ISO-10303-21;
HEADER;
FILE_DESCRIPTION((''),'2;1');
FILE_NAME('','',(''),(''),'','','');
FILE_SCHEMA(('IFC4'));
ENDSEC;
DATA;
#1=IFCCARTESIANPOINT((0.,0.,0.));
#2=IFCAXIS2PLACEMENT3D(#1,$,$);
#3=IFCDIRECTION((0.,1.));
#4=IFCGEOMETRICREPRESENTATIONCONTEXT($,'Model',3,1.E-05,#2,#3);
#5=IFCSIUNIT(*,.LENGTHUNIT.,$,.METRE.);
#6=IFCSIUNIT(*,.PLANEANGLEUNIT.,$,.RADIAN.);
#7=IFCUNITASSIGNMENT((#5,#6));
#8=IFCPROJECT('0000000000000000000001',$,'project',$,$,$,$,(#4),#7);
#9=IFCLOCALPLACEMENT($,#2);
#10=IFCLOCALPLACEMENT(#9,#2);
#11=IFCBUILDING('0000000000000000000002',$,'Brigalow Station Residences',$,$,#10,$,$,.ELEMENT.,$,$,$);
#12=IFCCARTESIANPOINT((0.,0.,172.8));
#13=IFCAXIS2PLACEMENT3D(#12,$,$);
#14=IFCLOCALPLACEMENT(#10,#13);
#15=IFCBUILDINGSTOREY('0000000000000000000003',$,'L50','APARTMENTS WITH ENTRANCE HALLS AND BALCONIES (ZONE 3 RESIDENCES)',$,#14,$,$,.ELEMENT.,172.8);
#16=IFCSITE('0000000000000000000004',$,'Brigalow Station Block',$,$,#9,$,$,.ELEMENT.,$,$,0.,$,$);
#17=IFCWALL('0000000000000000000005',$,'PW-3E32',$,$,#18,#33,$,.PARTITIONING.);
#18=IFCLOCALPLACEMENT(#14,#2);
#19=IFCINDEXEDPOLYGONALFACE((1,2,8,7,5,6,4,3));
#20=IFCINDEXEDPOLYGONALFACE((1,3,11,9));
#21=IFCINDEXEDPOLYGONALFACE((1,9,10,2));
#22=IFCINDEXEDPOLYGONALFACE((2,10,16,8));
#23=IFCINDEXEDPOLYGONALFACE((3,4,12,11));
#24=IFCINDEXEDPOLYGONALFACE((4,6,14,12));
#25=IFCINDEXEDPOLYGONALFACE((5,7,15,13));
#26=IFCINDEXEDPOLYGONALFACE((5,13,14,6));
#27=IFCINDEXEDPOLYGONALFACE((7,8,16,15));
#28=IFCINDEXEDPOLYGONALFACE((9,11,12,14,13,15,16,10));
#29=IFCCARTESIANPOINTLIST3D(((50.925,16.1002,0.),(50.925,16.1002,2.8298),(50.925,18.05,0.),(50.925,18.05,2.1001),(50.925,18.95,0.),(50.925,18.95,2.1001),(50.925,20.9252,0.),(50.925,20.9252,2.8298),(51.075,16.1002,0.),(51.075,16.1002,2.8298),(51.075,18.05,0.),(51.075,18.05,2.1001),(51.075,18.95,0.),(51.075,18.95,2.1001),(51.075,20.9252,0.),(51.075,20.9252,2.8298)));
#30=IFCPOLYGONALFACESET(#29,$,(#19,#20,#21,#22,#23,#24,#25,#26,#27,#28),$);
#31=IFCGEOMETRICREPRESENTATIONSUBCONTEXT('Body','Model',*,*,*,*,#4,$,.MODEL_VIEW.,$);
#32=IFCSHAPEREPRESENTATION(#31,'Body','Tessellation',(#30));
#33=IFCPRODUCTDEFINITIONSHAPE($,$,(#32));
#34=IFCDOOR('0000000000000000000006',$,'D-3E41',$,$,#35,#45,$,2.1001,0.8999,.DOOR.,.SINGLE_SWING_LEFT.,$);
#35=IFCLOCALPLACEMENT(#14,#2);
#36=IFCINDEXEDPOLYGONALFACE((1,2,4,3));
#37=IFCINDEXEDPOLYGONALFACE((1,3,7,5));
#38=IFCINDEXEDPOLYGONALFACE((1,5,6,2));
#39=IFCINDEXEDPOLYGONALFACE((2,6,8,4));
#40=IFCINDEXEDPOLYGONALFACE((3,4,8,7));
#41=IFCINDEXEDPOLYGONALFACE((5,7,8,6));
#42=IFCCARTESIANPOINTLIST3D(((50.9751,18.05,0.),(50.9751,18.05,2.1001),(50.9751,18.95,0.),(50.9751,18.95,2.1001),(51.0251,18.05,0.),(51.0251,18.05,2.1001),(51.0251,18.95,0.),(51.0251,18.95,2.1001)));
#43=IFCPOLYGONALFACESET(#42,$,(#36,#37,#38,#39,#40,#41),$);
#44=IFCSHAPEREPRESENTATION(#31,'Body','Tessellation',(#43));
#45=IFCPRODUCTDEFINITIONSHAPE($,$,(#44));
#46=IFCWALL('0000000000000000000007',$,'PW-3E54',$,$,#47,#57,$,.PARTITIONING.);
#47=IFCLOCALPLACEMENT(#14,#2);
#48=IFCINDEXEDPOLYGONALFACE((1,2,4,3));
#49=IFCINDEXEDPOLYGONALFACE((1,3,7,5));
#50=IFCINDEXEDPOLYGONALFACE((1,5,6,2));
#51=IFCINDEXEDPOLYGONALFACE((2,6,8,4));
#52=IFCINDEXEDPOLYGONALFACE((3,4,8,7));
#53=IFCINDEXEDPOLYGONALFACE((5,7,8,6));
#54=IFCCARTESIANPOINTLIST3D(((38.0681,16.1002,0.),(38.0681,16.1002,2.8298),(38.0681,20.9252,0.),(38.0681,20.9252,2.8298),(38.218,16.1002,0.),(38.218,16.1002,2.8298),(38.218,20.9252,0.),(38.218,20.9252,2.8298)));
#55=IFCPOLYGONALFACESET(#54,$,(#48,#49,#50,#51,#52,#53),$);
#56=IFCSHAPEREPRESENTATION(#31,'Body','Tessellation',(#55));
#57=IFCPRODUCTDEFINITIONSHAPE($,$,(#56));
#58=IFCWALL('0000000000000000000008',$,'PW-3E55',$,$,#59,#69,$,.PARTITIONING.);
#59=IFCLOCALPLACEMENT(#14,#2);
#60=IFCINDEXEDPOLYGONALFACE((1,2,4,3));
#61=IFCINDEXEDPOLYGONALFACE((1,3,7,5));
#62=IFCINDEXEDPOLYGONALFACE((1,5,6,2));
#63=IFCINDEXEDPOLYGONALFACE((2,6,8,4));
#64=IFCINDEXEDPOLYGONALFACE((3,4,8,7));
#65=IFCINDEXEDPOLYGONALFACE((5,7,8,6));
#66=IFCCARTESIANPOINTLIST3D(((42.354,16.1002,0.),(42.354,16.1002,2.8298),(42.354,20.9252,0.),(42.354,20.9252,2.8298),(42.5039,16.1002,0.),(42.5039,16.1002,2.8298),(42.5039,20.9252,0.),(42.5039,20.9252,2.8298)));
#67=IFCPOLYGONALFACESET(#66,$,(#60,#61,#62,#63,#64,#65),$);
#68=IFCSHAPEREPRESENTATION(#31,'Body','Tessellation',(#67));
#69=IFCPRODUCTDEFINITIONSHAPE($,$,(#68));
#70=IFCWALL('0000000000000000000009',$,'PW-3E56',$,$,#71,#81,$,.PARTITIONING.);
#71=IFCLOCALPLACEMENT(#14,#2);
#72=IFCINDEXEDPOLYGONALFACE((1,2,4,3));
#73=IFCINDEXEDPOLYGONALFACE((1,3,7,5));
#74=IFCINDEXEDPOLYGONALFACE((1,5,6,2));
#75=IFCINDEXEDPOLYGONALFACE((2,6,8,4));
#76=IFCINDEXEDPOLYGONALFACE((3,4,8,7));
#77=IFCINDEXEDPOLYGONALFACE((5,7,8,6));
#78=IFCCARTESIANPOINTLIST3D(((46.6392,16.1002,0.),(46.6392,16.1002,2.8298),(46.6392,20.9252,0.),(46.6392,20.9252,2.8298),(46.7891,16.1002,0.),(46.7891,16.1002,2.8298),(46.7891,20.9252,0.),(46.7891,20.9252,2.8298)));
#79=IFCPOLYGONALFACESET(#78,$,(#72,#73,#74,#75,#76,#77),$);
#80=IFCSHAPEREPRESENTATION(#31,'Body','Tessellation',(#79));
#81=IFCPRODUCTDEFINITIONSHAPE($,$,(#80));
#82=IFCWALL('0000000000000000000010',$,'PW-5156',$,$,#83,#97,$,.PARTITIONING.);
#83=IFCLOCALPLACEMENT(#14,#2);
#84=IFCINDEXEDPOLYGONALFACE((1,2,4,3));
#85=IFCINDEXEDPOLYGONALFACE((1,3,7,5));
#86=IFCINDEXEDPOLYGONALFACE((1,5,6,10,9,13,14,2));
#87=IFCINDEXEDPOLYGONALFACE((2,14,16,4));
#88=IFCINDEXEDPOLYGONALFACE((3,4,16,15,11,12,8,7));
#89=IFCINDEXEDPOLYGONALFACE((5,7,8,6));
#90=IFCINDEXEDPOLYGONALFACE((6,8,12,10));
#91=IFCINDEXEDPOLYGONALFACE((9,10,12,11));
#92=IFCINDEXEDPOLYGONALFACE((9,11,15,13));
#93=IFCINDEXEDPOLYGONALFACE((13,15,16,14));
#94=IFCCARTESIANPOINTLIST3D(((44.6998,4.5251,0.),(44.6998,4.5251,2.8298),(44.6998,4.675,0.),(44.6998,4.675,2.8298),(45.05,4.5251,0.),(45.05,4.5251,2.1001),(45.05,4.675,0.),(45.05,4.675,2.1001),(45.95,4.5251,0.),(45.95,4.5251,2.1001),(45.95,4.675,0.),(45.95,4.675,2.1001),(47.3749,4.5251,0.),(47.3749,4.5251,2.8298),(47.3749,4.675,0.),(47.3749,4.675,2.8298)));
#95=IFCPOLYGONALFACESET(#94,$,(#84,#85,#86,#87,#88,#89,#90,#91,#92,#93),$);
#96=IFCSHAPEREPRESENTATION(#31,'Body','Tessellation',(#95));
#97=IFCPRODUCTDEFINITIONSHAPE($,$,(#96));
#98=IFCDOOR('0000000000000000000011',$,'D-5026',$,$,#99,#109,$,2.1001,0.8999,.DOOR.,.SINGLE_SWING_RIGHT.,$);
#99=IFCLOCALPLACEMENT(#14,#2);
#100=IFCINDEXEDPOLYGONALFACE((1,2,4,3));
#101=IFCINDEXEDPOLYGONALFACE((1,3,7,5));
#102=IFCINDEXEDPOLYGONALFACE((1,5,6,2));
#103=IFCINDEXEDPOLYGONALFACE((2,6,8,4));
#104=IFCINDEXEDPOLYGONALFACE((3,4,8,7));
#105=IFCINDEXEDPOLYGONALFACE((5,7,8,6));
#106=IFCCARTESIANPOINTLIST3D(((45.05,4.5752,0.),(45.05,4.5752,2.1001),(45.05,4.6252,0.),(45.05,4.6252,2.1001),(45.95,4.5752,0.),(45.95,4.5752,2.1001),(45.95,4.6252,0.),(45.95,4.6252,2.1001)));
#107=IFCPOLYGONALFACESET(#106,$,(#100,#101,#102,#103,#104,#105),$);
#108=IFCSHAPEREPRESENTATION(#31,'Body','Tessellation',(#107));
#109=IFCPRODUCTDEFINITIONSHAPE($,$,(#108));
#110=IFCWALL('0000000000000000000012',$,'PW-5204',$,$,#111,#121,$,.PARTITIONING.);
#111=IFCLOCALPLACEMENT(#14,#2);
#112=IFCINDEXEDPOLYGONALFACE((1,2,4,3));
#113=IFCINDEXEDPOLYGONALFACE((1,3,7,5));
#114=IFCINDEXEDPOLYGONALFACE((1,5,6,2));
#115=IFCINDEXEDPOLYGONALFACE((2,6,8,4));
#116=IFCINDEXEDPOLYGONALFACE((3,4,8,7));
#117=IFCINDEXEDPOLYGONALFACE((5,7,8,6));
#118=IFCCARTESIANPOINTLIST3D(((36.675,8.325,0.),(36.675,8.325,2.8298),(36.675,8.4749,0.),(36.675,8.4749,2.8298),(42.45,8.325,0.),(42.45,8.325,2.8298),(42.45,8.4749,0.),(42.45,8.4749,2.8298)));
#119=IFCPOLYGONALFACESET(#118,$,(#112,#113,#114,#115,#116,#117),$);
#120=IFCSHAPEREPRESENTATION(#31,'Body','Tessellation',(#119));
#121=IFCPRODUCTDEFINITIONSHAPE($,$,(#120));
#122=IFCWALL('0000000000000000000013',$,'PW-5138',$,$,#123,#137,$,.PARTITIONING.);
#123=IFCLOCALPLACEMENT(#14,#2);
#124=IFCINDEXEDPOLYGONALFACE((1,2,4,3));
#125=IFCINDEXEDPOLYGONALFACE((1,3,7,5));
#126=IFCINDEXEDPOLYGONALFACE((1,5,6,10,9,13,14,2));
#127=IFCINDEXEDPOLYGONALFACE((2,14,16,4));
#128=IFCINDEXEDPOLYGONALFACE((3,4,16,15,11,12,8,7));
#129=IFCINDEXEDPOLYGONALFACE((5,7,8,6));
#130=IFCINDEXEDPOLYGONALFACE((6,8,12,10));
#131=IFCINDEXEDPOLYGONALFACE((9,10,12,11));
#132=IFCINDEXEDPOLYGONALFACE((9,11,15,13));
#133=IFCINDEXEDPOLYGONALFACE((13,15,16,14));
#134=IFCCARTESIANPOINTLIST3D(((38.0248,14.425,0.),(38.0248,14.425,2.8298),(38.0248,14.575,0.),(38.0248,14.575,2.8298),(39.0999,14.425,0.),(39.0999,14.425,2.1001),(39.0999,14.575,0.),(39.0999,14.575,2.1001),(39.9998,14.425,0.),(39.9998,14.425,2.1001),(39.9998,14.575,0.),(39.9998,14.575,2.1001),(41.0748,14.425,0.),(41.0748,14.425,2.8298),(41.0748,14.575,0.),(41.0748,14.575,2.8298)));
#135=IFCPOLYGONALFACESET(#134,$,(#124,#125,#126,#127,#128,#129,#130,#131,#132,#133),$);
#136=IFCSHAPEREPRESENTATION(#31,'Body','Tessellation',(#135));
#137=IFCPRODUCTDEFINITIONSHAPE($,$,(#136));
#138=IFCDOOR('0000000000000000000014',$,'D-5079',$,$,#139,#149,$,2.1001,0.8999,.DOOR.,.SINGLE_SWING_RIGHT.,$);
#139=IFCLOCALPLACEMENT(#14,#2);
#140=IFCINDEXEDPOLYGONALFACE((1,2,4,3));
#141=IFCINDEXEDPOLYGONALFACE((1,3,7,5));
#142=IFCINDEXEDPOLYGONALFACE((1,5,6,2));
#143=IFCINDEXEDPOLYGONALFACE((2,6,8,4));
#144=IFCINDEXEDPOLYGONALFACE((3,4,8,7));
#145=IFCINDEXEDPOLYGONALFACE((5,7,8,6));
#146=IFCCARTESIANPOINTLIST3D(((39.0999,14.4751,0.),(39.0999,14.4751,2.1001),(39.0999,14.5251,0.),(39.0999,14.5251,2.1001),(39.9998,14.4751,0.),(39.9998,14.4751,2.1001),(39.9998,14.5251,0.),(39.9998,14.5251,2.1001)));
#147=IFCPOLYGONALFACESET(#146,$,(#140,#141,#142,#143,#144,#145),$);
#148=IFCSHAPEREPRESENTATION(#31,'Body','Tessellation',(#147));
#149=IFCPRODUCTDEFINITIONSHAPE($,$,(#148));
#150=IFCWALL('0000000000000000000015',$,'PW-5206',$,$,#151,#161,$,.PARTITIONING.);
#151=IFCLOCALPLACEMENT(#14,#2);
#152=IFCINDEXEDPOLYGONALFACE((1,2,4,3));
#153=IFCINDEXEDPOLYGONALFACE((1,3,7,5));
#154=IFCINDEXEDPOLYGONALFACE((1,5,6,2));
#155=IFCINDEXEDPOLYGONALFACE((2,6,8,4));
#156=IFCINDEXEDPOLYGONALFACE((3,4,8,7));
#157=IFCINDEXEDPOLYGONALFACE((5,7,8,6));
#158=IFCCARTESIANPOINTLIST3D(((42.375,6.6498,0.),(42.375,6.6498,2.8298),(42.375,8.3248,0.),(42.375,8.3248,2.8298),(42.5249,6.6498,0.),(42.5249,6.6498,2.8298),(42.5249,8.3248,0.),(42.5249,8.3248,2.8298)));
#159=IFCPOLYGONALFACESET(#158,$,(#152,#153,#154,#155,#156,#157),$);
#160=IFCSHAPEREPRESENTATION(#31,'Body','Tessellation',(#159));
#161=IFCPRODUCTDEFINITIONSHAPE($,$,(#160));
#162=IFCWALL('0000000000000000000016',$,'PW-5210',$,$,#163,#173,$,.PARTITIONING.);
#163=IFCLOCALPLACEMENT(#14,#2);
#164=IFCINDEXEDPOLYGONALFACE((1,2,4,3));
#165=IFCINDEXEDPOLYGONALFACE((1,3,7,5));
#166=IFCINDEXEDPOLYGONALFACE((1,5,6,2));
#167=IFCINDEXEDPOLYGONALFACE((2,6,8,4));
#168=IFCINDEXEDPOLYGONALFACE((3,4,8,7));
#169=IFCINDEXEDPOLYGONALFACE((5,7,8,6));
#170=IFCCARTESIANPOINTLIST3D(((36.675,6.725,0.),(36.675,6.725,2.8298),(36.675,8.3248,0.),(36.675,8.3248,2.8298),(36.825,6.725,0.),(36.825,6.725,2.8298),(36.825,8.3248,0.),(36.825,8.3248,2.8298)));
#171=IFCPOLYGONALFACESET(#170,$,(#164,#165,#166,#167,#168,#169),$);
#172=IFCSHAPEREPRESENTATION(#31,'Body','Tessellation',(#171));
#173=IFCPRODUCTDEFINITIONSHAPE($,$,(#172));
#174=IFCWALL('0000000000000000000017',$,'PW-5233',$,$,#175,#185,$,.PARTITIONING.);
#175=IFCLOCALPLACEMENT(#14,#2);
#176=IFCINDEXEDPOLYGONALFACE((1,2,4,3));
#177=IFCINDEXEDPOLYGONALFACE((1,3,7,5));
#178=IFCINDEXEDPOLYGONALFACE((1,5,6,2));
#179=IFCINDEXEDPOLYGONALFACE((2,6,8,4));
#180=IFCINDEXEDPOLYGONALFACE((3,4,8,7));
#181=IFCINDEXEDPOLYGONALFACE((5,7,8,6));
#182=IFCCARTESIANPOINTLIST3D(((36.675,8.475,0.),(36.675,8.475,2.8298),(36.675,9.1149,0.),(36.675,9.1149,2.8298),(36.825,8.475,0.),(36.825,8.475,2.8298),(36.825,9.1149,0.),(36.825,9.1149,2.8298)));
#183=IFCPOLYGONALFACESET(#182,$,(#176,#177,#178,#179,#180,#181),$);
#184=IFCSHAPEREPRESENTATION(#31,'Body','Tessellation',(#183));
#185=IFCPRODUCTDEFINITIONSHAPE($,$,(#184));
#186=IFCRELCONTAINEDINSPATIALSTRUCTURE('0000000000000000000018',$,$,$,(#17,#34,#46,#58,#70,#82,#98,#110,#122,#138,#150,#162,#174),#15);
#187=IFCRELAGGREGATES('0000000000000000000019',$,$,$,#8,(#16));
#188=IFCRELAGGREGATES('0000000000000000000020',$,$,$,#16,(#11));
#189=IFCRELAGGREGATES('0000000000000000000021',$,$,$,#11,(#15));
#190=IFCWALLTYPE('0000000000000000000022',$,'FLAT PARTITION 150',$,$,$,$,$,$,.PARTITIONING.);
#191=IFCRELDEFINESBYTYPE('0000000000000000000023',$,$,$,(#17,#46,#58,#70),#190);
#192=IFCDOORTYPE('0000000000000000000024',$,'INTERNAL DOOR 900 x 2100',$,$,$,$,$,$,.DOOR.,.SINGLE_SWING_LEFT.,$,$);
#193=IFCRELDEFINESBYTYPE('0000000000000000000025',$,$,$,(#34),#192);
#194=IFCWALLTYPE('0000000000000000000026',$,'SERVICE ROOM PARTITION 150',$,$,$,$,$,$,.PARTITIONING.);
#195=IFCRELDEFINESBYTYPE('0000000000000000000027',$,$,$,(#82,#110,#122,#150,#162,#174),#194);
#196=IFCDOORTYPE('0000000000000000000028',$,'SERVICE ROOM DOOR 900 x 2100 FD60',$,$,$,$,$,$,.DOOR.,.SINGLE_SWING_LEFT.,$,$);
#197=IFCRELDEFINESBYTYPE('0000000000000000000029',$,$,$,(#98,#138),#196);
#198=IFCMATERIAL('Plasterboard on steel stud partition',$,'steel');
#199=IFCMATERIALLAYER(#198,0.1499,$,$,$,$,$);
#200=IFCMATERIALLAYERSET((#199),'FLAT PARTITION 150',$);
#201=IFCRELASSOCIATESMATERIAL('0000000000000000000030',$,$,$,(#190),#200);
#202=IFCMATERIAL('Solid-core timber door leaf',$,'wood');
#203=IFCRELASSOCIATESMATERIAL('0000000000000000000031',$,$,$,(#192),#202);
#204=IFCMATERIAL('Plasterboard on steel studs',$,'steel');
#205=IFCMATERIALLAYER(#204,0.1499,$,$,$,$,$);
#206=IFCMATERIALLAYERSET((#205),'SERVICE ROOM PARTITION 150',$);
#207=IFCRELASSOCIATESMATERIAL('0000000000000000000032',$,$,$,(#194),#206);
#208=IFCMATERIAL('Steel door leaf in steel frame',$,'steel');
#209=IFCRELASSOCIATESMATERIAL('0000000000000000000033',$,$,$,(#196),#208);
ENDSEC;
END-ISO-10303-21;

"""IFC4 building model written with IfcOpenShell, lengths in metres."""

from ifc_helpers import new_model, si_unit, direction, frame, frame_2d, origin, place, context, subcontext, project, spatial, rectangle, extrude, material, layer, layer_set, type_object, element, fill, save


model = new_model("IFC4")

# Units and contexts
model_context = context("Model", 3, precision=1e-05, world=origin(), true_north=direction((0.0, 1.0)))
body_context = subcontext(model_context, "Body", "Model", "MODEL_VIEW")
ifc_project = project(units=[si_unit("LENGTHUNIT", "METRE"), si_unit("PLANEANGLEUNIT", "RADIAN")], contexts=[model_context])

# Site, building, storey
site_placement = place(None, origin())
site = spatial("IfcSite", under=ifc_project, at=site_placement, Name="Brigalow Station Block", CompositionType="ELEMENT", RefElevation=0.0)
building_placement = place(site_placement, origin())
building = spatial("IfcBuilding", under=site, at=building_placement, Name="Brigalow Station Residences", CompositionType="ELEMENT")
storey_placement = place(building_placement, frame((0.0, 0.0, 172.8)))
storey = spatial("IfcBuildingStorey", under=building, at=storey_placement, Name="L50", Description="APARTMENTS WITH ENTRANCE HALLS AND BALCONIES (ZONE 3 RESIDENCES)", CompositionType="ELEMENT", Elevation=172.8)

# Wall, opening, door
ifc_material_1 = material(Name="Plasterboard on steel stud partition", Category="steel")
ifc_layer_1 = layer(ifc_material_1, 0.1499)
ifc_layer_set_1 = layer_set([ifc_layer_1], Name="FLAT PARTITION 150")
wall_type_1 = type_object("IfcWallType", Name="FLAT PARTITION 150", PredefinedType="PARTITIONING", material=ifc_layer_set_1)
wall_1_placement = place(storey_placement, frame((51.0, 16.1001, 0.0), z_axis=(0.0, 0.0, 1.0), x_axis=(0.0, 1.0, 0.0)))
wall_1 = element("IfcWall", 1, at=wall_1_placement, inside=storey, type_object=wall_type_1, Name="PW-3E32", PredefinedType="PARTITIONING", context=body_context, shape_type="SweptSolid", body=[
    extrude(rectangle(XDim=4.825, YDim=0.1499, at=frame_2d((2.4126, 0.0))), origin(), (0.0, 0.0, 1.0), 2.8298),
])
opening_1_placement = place(wall_1_placement, frame((1.95, 0.0, 0.0)))
opening_1 = element("IfcOpeningElement", 2, at=opening_1_placement, cuts=wall_1, PredefinedType="OPENING", context=body_context, shape_type="SweptSolid", body=[
    extrude(rectangle(XDim=0.8999, YDim=2.1001, at=frame_2d((0.45, 1.05))), frame((0.0, 0.085, 0.0), z_axis=(0.0, -1.0, 0.0), x_axis=(1.0, 0.0, 0.0)), (0.0, 0.0, 1.0), 0.1699),
])
ifc_material_2 = material(Name="Solid-core timber door leaf", Category="wood")
door_type_1 = type_object("IfcDoorType", Name="INTERNAL DOOR 900 x 2100", OperationType="SINGLE_SWING_LEFT", PredefinedType="DOOR", material=ifc_material_2)
door_1_placement = place(opening_1_placement, origin())
door_1 = element("IfcDoor", 3, at=door_1_placement, inside=storey, type_object=door_type_1, Name="D-3E41", OperationType="SINGLE_SWING_LEFT", OverallHeight=2.1001, OverallWidth=0.8999, PredefinedType="DOOR", context=body_context, shape_type="SweptSolid", body=[
    extrude(rectangle(XDim=0.8999, YDim=2.1001, at=frame_2d((0.45, 1.05))), frame((0.0, 0.0249, 0.0), z_axis=(0.0, -1.0, 0.0), x_axis=(1.0, 0.0, 0.0)), (0.0, 0.0, 1.0), 0.05),
])
fill(opening_1, door_1)

# Walls
for number, where, z_axis, x_axis, name in (
    (4, (38.1431, 16.1001, 0.0), (0.0, 0.0, 1.0), (0.0, 1.0, 0.0), "PW-3E54"),
    (5, (42.429, 16.1001, 0.0), (0.0, 0.0, 1.0), (0.0, 1.0, 0.0), "PW-3E55"),
    (6, (46.7141, 16.1001, 0.0), (0.0, 0.0, 1.0), (0.0, 1.0, 0.0), "PW-3E56"),
):
    element("IfcWall", number, at=place(storey_placement, frame(where, z_axis=z_axis, x_axis=x_axis)), inside=storey, type_object=wall_type_1, Name=name, PredefinedType="PARTITIONING", context=body_context, shape_type="SweptSolid", body=[
        extrude(rectangle(XDim=4.825, YDim=0.1499, at=frame_2d((2.4126, 0.0))), origin(), (0.0, 0.0, 1.0), 2.8298),
    ])

# Wall, opening, door
ifc_material_3 = material(Name="Plasterboard on steel studs", Category="steel")
ifc_layer_2 = layer(ifc_material_3, 0.1499)
ifc_layer_set_2 = layer_set([ifc_layer_2], Name="SERVICE ROOM PARTITION 150")
wall_type_2 = type_object("IfcWallType", Name="SERVICE ROOM PARTITION 150", PredefinedType="PARTITIONING", material=ifc_layer_set_2)
wall_2_placement = place(storey_placement, frame((44.7, 4.6001, 0.0), z_axis=(0.0, 0.0, 1.0), x_axis=(1.0, 0.0, 0.0)))
wall_2 = element("IfcWall", 7, at=wall_2_placement, inside=storey, type_object=wall_type_2, Name="PW-5156", PredefinedType="PARTITIONING", context=body_context, shape_type="SweptSolid", body=[
    extrude(rectangle(XDim=2.675, YDim=0.1499, at=frame_2d((1.3374, 0.0))), origin(), (0.0, 0.0, 1.0), 2.8298),
])
opening_2_placement = place(wall_2_placement, frame((0.3501, 0.0, 0.0)))
opening_2 = element("IfcOpeningElement", 8, at=opening_2_placement, cuts=wall_2, PredefinedType="OPENING", context=body_context, shape_type="SweptSolid", body=[
    extrude(rectangle(XDim=0.8999, YDim=2.1001, at=frame_2d((0.45, 1.05))), frame((0.0, 0.085, 0.0), z_axis=(0.0, -1.0, 0.0), x_axis=(1.0, 0.0, 0.0)), (0.0, 0.0, 1.0), 0.1699),
])
ifc_material_4 = material(Name="Steel door leaf in steel frame", Category="steel")
door_type_2 = type_object("IfcDoorType", Name="SERVICE ROOM DOOR 900 x 2100 FD60", OperationType="SINGLE_SWING_LEFT", PredefinedType="DOOR", material=ifc_material_4)
door_2_placement = place(opening_2_placement, frame((0.8999, 0.0, 0.0), z_axis=(0.0, 0.0, 1.0), x_axis=(-1.0, 0.0, 0.0)))
door_2 = element("IfcDoor", 9, at=door_2_placement, inside=storey, type_object=door_type_2, Name="D-5026", OperationType="SINGLE_SWING_RIGHT", OverallHeight=2.1001, OverallWidth=0.8999, PredefinedType="DOOR", context=body_context, shape_type="SweptSolid", body=[
    extrude(rectangle(XDim=0.8999, YDim=2.1001, at=frame_2d((0.45, 1.05))), frame((0.0, 0.0249, 0.0), z_axis=(0.0, -1.0, 0.0), x_axis=(1.0, 0.0, 0.0)), (0.0, 0.0, 1.0), 0.05),
])
fill(opening_2, door_2)

# Wall
wall_3_placement = place(storey_placement, frame((36.675, 8.3999, 0.0), z_axis=(0.0, 0.0, 1.0), x_axis=(1.0, 0.0, 0.0)))
element("IfcWall", 10, at=wall_3_placement, inside=storey, type_object=wall_type_2, Name="PW-5204", PredefinedType="PARTITIONING", context=body_context, shape_type="SweptSolid", body=[
    extrude(rectangle(XDim=5.7749, YDim=0.1499, at=frame_2d((2.8875, 0.0))), origin(), (0.0, 0.0, 1.0), 2.8298),
])

# Wall, opening, door
wall_4_placement = place(storey_placement, frame((38.0249, 14.5, 0.0), z_axis=(0.0, 0.0, 1.0), x_axis=(1.0, 0.0, 0.0)))
wall_4 = element("IfcWall", 11, at=wall_4_placement, inside=storey, type_object=wall_type_2, Name="PW-5138", PredefinedType="PARTITIONING", context=body_context, shape_type="SweptSolid", body=[
    extrude(rectangle(XDim=3.05, YDim=0.1499, at=frame_2d((1.5249, 0.0))), origin(), (0.0, 0.0, 1.0), 2.8298),
])
opening_3_placement = place(wall_4_placement, frame((1.075, 0.0, 0.0)))
opening_3 = element("IfcOpeningElement", 12, at=opening_3_placement, cuts=wall_4, PredefinedType="OPENING", context=body_context, shape_type="SweptSolid", body=[
    extrude(rectangle(XDim=0.8999, YDim=2.1001, at=frame_2d((0.45, 1.05))), frame((0.0, 0.085, 0.0), z_axis=(0.0, -1.0, 0.0), x_axis=(1.0, 0.0, 0.0)), (0.0, 0.0, 1.0), 0.1699),
])
door_3_placement = place(opening_3_placement, frame((0.8999, 0.0, 0.0), z_axis=(0.0, 0.0, 1.0), x_axis=(-1.0, 0.0, 0.0)))
door_3 = element("IfcDoor", 13, at=door_3_placement, inside=storey, type_object=door_type_2, Name="D-5079", OperationType="SINGLE_SWING_RIGHT", OverallHeight=2.1001, OverallWidth=0.8999, PredefinedType="DOOR", context=body_context, shape_type="SweptSolid", body=[
    extrude(rectangle(XDim=0.8999, YDim=2.1001, at=frame_2d((0.45, 1.05))), frame((0.0, 0.0249, 0.0), z_axis=(0.0, -1.0, 0.0), x_axis=(1.0, 0.0, 0.0)), (0.0, 0.0, 1.0), 0.05),
])
fill(opening_3, door_3)

# Walls
wall_5_placement = place(storey_placement, frame((42.45, 6.6499, 0.0), z_axis=(0.0, 0.0, 1.0), x_axis=(0.0, 1.0, 0.0)))
element("IfcWall", 14, at=wall_5_placement, inside=storey, type_object=wall_type_2, Name="PW-5206", PredefinedType="PARTITIONING", context=body_context, shape_type="SweptSolid", body=[
    extrude(rectangle(XDim=1.675, YDim=0.1499, at=frame_2d((0.8374, 0.0))), origin(), (0.0, 0.0, 1.0), 2.8298),
])
wall_6_placement = place(storey_placement, frame((36.75, 6.7251, 0.0), z_axis=(0.0, 0.0, 1.0), x_axis=(0.0, 1.0, 0.0)))
element("IfcWall", 15, at=wall_6_placement, inside=storey, type_object=wall_type_2, Name="PW-5210", PredefinedType="PARTITIONING", context=body_context, shape_type="SweptSolid", body=[
    extrude(rectangle(XDim=1.5999, YDim=0.1499, at=frame_2d((0.7998, 0.0))), origin(), (0.0, 0.0, 1.0), 2.8298),
])
wall_7_placement = place(storey_placement, frame((36.75, 8.4751, 0.0), z_axis=(0.0, 0.0, 1.0), x_axis=(0.0, 1.0, 0.0)))
element("IfcWall", 16, at=wall_7_placement, inside=storey, type_object=wall_type_2, Name="PW-5233", PredefinedType="PARTITIONING", context=body_context, shape_type="SweptSolid", body=[
    extrude(rectangle(XDim=0.6399, YDim=0.1499, at=frame_2d((0.3198, 0.0))), origin(), (0.0, 0.0, 1.0), 2.8298),
])

save(model, "model.ifc")
